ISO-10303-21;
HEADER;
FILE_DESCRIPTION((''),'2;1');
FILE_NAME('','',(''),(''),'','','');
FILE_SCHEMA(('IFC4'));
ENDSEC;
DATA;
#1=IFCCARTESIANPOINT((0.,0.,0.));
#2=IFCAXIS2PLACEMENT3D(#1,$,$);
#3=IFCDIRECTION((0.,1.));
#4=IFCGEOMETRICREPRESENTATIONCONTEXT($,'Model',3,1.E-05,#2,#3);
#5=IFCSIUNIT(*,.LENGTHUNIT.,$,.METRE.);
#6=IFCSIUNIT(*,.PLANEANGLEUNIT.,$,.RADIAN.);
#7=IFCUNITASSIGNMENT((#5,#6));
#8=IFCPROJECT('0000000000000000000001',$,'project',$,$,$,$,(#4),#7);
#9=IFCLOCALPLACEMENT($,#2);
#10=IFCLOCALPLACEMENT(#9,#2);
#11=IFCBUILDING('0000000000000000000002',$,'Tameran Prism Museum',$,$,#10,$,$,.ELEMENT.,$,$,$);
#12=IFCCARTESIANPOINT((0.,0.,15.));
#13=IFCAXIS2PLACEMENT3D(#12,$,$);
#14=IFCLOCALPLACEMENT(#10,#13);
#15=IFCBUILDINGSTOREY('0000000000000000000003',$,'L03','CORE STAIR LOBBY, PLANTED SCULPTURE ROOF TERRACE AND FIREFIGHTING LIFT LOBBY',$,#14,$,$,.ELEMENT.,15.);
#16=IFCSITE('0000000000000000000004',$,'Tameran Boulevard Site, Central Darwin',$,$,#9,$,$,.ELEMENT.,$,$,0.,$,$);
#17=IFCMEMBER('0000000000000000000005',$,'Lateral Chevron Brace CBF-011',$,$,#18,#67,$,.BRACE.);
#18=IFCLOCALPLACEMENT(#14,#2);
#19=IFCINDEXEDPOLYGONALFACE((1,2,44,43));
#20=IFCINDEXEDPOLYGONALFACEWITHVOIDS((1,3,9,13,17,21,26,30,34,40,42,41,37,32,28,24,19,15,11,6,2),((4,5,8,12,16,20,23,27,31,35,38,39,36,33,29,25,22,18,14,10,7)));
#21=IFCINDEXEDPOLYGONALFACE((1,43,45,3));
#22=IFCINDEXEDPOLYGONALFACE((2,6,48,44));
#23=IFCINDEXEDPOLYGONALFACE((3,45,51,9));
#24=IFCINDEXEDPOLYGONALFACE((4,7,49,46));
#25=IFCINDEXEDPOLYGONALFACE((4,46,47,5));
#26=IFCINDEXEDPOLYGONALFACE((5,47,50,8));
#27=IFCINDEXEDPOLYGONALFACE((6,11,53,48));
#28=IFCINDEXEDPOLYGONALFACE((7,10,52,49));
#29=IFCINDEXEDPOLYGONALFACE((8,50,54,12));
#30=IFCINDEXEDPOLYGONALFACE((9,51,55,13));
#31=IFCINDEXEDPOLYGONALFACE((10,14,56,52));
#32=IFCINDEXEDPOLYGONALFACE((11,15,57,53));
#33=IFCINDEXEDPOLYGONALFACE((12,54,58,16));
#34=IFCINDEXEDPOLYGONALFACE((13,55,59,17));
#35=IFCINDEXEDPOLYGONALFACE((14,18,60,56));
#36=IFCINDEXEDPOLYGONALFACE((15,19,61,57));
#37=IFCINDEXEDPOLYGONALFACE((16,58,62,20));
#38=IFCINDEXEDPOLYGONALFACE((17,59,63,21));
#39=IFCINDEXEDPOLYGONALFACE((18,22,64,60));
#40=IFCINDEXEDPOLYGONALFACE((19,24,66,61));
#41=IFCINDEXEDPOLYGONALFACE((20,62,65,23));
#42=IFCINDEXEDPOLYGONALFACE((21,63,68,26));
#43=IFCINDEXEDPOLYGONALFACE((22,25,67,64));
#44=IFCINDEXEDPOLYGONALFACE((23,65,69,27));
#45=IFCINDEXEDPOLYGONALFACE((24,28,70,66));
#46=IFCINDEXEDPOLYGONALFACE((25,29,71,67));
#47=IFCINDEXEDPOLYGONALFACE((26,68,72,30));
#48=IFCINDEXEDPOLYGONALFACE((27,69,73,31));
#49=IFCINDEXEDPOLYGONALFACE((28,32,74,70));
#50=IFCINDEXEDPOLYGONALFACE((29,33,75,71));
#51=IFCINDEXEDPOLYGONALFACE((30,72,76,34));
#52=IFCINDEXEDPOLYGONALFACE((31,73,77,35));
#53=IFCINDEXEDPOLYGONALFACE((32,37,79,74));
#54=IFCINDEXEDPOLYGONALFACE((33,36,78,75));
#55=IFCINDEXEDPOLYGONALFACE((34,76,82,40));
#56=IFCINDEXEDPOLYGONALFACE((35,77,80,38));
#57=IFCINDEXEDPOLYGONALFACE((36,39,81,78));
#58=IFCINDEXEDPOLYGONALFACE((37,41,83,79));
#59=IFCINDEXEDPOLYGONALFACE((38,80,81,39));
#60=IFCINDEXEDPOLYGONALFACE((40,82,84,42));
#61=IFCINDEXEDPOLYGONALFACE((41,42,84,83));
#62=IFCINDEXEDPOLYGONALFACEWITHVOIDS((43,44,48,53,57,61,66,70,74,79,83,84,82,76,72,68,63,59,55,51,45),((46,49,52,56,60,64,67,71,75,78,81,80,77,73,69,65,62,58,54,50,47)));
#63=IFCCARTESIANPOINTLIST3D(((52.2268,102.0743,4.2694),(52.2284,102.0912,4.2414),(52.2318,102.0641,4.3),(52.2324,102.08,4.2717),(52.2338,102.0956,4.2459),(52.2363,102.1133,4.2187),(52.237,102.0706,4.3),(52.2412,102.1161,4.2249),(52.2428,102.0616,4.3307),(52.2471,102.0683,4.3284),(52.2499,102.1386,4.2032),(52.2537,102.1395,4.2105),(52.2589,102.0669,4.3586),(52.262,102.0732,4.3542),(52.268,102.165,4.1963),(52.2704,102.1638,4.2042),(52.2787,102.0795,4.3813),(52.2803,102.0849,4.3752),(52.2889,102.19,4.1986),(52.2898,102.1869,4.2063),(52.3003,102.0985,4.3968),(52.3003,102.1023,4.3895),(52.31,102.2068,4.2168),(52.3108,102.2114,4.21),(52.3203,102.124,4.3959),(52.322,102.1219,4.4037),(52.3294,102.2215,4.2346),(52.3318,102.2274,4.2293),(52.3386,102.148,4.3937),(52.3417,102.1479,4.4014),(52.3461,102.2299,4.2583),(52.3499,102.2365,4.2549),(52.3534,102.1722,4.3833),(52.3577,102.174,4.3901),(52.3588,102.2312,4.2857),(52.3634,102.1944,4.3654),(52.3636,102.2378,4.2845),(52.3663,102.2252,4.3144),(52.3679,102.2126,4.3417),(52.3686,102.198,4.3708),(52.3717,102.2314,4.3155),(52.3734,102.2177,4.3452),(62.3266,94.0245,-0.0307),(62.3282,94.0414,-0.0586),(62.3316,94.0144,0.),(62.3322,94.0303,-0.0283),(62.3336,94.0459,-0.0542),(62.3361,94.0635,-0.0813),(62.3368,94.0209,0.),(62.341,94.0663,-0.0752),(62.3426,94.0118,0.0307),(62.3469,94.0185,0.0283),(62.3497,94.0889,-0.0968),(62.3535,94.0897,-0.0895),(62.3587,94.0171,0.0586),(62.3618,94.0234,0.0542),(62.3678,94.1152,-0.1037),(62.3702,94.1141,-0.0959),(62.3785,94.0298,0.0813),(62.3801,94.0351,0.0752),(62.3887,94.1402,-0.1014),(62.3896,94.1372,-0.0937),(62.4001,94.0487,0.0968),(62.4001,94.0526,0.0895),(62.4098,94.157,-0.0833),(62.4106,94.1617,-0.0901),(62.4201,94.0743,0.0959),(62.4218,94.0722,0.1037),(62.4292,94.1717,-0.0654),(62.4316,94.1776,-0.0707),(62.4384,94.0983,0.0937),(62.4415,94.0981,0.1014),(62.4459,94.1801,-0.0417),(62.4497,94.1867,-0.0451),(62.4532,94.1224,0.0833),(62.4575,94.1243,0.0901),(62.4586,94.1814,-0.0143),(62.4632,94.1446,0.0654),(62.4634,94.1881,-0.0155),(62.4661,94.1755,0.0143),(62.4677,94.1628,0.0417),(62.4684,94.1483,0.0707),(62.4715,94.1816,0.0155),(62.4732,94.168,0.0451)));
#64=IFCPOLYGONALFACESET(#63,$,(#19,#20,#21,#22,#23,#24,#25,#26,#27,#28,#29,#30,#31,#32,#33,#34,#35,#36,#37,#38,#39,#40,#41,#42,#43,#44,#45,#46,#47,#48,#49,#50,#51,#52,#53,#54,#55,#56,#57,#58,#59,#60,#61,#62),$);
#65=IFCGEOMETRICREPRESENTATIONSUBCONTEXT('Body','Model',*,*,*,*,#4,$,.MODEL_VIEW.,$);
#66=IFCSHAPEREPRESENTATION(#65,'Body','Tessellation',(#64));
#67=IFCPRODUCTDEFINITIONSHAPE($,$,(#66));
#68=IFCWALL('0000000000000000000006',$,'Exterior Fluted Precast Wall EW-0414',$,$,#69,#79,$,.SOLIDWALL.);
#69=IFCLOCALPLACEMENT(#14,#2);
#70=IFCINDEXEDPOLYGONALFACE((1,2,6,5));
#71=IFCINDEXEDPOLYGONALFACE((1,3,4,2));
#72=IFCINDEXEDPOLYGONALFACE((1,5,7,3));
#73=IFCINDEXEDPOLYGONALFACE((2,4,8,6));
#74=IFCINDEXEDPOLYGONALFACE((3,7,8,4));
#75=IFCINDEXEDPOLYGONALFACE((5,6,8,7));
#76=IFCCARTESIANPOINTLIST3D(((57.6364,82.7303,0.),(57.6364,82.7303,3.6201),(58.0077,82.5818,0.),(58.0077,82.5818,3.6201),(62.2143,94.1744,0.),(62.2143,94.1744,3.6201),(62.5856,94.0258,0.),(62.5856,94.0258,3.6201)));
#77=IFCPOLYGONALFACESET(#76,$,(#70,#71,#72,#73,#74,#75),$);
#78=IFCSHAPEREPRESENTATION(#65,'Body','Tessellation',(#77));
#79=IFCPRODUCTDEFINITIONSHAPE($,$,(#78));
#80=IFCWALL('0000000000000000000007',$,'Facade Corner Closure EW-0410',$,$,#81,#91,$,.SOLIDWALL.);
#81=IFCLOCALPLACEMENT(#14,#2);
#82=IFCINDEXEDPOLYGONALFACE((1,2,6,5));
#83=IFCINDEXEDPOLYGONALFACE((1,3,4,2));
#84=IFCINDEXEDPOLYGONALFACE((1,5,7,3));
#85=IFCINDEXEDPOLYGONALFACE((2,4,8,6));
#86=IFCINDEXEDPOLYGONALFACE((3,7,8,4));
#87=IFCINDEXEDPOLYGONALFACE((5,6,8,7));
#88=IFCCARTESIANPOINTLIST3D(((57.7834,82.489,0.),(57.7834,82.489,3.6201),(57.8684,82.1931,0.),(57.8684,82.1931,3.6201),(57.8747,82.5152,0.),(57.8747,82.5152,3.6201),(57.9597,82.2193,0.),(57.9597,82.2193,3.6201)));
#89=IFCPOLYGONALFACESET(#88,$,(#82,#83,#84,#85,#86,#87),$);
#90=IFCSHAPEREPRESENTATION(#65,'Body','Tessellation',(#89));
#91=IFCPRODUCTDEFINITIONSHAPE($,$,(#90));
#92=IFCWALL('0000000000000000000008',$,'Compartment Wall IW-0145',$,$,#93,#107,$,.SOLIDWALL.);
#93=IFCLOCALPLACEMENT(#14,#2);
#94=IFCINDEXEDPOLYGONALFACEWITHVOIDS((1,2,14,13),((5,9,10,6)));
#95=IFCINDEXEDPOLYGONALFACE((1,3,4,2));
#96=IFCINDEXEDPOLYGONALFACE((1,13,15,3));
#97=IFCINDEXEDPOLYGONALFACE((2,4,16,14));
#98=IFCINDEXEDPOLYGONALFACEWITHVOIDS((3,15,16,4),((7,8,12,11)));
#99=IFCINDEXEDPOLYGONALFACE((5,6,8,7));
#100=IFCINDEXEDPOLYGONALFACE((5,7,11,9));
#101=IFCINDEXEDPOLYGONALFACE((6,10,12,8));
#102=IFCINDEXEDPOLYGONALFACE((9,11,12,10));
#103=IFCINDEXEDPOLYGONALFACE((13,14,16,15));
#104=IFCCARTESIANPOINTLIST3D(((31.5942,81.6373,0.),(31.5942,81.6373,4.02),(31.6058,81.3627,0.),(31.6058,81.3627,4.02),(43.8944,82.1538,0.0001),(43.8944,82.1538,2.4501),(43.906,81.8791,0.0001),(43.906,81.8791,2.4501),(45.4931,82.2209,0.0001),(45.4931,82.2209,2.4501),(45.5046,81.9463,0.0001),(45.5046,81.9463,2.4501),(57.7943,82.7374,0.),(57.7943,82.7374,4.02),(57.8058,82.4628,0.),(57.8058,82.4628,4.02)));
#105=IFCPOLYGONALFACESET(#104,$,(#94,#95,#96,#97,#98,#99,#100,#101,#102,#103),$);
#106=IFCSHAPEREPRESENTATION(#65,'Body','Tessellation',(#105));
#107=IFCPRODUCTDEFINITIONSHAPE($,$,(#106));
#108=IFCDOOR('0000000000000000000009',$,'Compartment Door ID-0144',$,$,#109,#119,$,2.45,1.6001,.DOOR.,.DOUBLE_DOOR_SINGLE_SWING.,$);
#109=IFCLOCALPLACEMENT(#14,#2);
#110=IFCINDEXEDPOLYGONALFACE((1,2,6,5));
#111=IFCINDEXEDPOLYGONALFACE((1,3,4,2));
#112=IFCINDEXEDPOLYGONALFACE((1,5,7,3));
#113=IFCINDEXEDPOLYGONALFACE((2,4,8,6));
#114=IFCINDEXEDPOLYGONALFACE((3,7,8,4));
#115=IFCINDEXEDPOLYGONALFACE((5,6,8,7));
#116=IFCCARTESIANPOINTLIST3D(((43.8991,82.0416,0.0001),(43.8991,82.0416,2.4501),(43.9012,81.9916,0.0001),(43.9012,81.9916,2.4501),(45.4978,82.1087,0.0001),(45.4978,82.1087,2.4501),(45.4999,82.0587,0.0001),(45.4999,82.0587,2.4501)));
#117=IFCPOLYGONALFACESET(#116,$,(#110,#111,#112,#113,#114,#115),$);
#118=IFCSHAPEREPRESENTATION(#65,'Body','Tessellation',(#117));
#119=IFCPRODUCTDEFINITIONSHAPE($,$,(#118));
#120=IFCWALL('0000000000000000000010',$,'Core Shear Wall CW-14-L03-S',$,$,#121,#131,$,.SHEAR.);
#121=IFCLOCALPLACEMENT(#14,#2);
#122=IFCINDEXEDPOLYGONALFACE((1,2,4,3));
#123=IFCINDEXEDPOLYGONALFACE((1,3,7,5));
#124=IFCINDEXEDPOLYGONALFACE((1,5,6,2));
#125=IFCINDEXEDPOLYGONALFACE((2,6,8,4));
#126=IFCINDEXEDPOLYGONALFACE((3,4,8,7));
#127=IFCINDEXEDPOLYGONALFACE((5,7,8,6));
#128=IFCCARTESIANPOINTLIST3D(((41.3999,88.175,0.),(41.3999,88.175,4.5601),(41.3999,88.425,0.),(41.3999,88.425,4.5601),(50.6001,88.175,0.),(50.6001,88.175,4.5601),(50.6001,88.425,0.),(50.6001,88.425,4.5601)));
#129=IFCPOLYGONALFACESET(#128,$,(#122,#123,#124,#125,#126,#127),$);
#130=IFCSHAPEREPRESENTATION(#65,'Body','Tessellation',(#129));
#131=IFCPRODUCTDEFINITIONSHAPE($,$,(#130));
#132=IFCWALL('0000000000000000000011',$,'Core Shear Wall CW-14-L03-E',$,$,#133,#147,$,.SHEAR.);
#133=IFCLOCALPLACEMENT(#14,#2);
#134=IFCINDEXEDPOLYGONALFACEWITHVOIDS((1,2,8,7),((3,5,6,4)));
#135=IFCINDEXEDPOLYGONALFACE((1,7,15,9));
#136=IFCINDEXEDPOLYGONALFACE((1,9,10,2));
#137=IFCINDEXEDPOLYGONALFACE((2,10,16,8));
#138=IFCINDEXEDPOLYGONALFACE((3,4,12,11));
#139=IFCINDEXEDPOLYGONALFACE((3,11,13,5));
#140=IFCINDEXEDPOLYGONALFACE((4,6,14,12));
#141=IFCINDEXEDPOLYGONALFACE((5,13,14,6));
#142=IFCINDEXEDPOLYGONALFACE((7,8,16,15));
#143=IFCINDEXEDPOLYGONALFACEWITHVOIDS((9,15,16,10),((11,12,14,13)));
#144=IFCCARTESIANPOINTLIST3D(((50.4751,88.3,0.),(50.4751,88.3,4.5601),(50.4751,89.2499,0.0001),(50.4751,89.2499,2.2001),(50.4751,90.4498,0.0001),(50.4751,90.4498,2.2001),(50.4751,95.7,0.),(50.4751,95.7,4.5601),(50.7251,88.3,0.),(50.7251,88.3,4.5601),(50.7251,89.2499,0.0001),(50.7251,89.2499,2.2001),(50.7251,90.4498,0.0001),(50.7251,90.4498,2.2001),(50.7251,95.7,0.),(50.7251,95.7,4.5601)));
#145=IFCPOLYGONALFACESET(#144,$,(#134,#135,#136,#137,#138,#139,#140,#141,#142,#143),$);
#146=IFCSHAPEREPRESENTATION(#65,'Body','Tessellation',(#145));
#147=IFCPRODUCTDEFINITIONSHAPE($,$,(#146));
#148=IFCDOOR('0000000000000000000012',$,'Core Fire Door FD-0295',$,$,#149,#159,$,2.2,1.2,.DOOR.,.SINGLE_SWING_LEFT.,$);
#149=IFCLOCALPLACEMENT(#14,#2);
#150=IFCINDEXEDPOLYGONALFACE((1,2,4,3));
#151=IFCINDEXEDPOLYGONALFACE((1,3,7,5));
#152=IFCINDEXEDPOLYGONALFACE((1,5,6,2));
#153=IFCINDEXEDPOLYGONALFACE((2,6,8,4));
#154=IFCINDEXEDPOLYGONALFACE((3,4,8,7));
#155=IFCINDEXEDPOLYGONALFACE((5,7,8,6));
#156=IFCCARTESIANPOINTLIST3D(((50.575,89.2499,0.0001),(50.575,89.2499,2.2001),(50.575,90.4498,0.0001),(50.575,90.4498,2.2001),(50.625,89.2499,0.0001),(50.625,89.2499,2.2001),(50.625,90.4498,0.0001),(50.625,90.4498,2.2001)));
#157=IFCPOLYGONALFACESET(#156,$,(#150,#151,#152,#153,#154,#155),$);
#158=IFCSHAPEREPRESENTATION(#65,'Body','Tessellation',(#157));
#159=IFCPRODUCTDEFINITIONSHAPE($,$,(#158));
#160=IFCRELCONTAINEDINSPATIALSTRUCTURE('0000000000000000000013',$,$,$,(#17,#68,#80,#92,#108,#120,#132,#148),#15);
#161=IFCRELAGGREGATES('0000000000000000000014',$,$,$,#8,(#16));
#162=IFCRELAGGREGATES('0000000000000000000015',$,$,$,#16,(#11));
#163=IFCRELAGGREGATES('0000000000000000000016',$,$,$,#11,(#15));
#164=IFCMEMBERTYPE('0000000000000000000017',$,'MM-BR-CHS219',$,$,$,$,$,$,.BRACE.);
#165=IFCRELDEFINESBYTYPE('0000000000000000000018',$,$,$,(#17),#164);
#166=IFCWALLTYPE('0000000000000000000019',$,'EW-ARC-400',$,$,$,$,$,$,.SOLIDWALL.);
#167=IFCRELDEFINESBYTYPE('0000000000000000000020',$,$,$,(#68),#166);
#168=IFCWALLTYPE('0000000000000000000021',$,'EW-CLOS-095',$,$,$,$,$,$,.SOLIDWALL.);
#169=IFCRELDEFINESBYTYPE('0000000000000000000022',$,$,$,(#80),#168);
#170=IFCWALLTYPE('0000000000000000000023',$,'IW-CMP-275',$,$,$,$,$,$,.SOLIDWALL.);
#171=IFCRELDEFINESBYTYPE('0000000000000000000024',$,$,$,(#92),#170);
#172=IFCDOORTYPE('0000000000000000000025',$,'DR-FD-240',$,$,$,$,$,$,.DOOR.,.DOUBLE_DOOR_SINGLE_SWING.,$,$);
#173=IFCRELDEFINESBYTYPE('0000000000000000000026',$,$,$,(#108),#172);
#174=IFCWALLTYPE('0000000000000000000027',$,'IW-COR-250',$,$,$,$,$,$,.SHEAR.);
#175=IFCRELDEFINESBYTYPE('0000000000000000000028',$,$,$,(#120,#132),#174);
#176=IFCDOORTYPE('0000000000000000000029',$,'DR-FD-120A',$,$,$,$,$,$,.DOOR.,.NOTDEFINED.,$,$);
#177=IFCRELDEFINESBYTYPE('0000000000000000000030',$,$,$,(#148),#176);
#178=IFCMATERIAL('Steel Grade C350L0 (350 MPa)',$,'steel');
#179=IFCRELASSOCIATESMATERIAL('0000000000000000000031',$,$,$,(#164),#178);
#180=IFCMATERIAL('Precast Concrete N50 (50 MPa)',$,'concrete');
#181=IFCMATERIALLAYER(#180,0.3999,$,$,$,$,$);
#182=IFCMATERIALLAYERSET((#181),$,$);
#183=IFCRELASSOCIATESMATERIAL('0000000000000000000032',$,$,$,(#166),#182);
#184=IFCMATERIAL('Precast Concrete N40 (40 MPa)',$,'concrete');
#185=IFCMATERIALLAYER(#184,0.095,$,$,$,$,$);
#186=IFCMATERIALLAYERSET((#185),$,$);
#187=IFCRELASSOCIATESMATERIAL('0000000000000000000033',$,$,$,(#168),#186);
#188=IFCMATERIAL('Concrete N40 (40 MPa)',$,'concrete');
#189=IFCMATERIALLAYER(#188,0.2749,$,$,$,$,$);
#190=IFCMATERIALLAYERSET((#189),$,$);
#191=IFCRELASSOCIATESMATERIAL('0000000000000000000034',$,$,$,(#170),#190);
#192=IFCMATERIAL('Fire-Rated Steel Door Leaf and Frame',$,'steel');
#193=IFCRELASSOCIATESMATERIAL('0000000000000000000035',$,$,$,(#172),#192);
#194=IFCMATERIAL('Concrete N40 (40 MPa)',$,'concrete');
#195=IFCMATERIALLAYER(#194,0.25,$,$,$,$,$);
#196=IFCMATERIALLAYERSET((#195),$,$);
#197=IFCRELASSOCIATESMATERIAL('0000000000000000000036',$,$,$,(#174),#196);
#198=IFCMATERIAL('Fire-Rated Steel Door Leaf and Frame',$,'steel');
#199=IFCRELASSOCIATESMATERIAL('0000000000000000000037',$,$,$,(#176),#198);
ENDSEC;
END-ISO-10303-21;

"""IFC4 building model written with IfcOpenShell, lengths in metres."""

from ifc_helpers import new_model, si_unit, direction, frame, frame_2d, origin, origin_2d, place, context, subcontext, project, spatial, rectangle, hollow_circle, extrude, material, layer, layer_set, material_profile, profile_set, type_object, element, fill, save


model = new_model("IFC4")

# Units and contexts
model_context = context("Model", 3, precision=1e-05, world=origin(), true_north=direction((0.0, 1.0)))
body_context = subcontext(model_context, "Body", "Model", "MODEL_VIEW")
ifc_project = project(units=[si_unit("LENGTHUNIT", "METRE"), si_unit("PLANEANGLEUNIT", "RADIAN")], contexts=[model_context])

# Site, building, storey
site_placement = place(None, origin())
site = spatial("IfcSite", under=ifc_project, at=site_placement, Name="Tameran Boulevard Site, Central Darwin", CompositionType="ELEMENT", RefElevation=0.0)
building_placement = place(site_placement, origin())
building = spatial("IfcBuilding", under=site, at=building_placement, Name="Tameran Prism Museum", CompositionType="ELEMENT")
storey_placement = place(building_placement, frame((0.0, 0.0, 15.0)))
storey = spatial("IfcBuildingStorey", under=building, at=storey_placement, Name="L03", Description="CORE STAIR LOBBY, PLANTED SCULPTURE ROOF TERRACE AND FIREFIGHTING LIFT LOBBY", CompositionType="ELEMENT", Elevation=15.0)

# Member
ifc_material_1 = material(Name="Steel Grade C350L0 (350 MPa)", Category="steel")
ifc_material_profile_1 = material_profile(ifc_material_1, hollow_circle(Radius=0.1096, WallThickness=0.0083, at=origin_2d()))
ifc_profile_set_1 = profile_set([ifc_material_profile_1])
member_type = type_object("IfcMemberType", Name="MM-BR-CHS219", PredefinedType="BRACE", material=ifc_profile_set_1)
member_placement = place(storey_placement, frame((62.3999, 94.1001, 0.0), z_axis=(-0.741961, 0.591359, 0.315893), x_axis=(-0.623274, -0.782004, 0.0)))
element("IfcMember", 1, at=member_placement, inside=storey, type_object=member_type, Name="Lateral Chevron Brace CBF-011", PredefinedType="BRACE", context=body_context, shape_type="SweptSolid", body=[
    extrude(hollow_circle(Radius=0.1096, WallThickness=0.0083, at=origin_2d()), origin(), (0.0, 0.0, 1.0), 13.6123),
])

# Walls
ifc_material_2 = material(Name="Precast Concrete N50 (50 MPa)", Category="concrete")
ifc_layer_1 = layer(ifc_material_2, 0.3999)
ifc_layer_set_1 = layer_set([ifc_layer_1])
wall_type_1 = type_object("IfcWallType", Name="EW-ARC-400", PredefinedType="SOLIDWALL", material=ifc_layer_set_1)
wall_1_placement = place(storey_placement, frame((62.3999, 94.1001, 0.0), z_axis=(0.0, 0.0, 1.0), x_axis=(-0.371408, -0.92847, 0.0)))
element("IfcWall", 2, at=wall_1_placement, inside=storey, type_object=wall_type_1, Name="Exterior Fluted Precast Wall EW-0414", PredefinedType="SOLIDWALL", context=body_context, shape_type="SweptSolid", body=[
    extrude(rectangle(XDim=12.3257, YDim=0.3999, at=frame_2d((6.1628, 0.0))), origin(), (0.0, 0.0, 1.0), 3.6201),
])
ifc_material_3 = material(Name="Precast Concrete N40 (40 MPa)", Category="concrete")
ifc_layer_2 = layer(ifc_material_3, 0.095)
ifc_layer_set_2 = layer_set([ifc_layer_2])
wall_type_2 = type_object("IfcWallType", Name="EW-CLOS-095", PredefinedType="SOLIDWALL", material=ifc_layer_set_2)
wall_2_placement = place(storey_placement, frame((57.8291, 82.502, 0.0), z_axis=(0.0, 0.0, 1.0), x_axis=(0.275978, -0.961164, 0.0)))
element("IfcWall", 3, at=wall_2_placement, inside=storey, type_object=wall_type_2, Name="Facade Corner Closure EW-0410", PredefinedType="SOLIDWALL", context=body_context, shape_type="SweptSolid", body=[
    extrude(rectangle(XDim=0.3079, YDim=0.095, at=frame_2d((0.1538, 0.0))), origin(), (0.0, 0.0, 1.0), 3.6201),
])

# Wall, opening, door
ifc_material_4 = material(Name="Concrete N40 (40 MPa)", Category="concrete")
ifc_layer_3 = layer(ifc_material_4, 0.2749)
ifc_layer_set_3 = layer_set([ifc_layer_3])
wall_type_3 = type_object("IfcWallType", Name="IW-CMP-275", PredefinedType="SOLIDWALL", material=ifc_layer_set_3)
wall_3_placement = place(storey_placement, frame((57.8, 82.6001, 0.0), z_axis=(0.0, 0.0, 1.0), x_axis=(-0.99912, -0.041952, 0.0)))
wall_3 = element("IfcWall", 4, at=wall_3_placement, inside=storey, type_object=wall_type_3, Name="Compartment Wall IW-0145", PredefinedType="SOLIDWALL", context=body_context, shape_type="SweptSolid", body=[
    extrude(rectangle(XDim=26.2231, YDim=0.2749, at=frame_2d((13.1116, 0.0))), origin(), (0.0, 0.0, 1.0), 4.02),
])
opening_1_placement = place(wall_3_placement, frame((12.312, 0.0, 0.0)))
opening_1 = element("IfcOpeningElement", 5, at=opening_1_placement, cuts=wall_3, PredefinedType="OPENING", context=body_context, shape_type="SweptSolid", body=[
    extrude(rectangle(XDim=1.6001, YDim=2.45, at=frame_2d((0.8, 1.2251))), frame((0.0, 0.1475, 0.0), z_axis=(0.0, -1.0, 0.0), x_axis=(1.0, 0.0, 0.0)), (0.0, 0.0, 1.0), 0.2949),
])
ifc_material_5 = material(Name="Fire-Rated Steel Door Leaf and Frame", Category="steel")
door_type_1 = type_object("IfcDoorType", Name="DR-FD-240", OperationType="DOUBLE_DOOR_SINGLE_SWING", PredefinedType="DOOR", material=ifc_material_5)
door_1_placement = place(opening_1_placement, origin())
door_1 = element("IfcDoor", 6, at=door_1_placement, inside=storey, type_object=door_type_1, Name="Compartment Door ID-0144", OperationType="DOUBLE_DOOR_SINGLE_SWING", OverallHeight=2.45, OverallWidth=1.6001, PredefinedType="DOOR", context=body_context, shape_type="SweptSolid", body=[
    extrude(rectangle(XDim=1.6001, YDim=2.45, at=frame_2d((0.8, 1.2251))), frame((0.0, 0.0249, 0.0), z_axis=(0.0, -1.0, 0.0), x_axis=(1.0, 0.0, 0.0)), (0.0, 0.0, 1.0), 0.05),
])
fill(opening_1, door_1)

# Wall
ifc_material_6 = material(Name="Concrete N40 (40 MPa)", Category="concrete")
ifc_layer_4 = layer(ifc_material_6, 0.25)
ifc_layer_set_4 = layer_set([ifc_layer_4])
wall_type_4 = type_object("IfcWallType", Name="IW-COR-250", PredefinedType="SHEAR", material=ifc_layer_set_4)
wall_4_placement = place(storey_placement, frame((50.6001, 88.3, 0.0), z_axis=(0.0, 0.0, 1.0), x_axis=(-1.0, 0.0, 0.0)))
element("IfcWall", 7, at=wall_4_placement, inside=storey, type_object=wall_type_4, Name="Core Shear Wall CW-14-L03-S", PredefinedType="SHEAR", context=body_context, shape_type="SweptSolid", body=[
    extrude(rectangle(XDim=9.2002, YDim=0.25, at=frame_2d((4.6001, 0.0))), origin(), (0.0, 0.0, 1.0), 4.5601),
])

# Wall, opening, door
wall_5_placement = place(storey_placement, frame((50.6001, 95.7, 0.0), z_axis=(0.0, 0.0, 1.0), x_axis=(0.0, -1.0, 0.0)))
wall_5 = element("IfcWall", 8, at=wall_5_placement, inside=storey, type_object=wall_type_4, Name="Core Shear Wall CW-14-L03-E", PredefinedType="SHEAR", context=body_context, shape_type="SweptSolid", body=[
    extrude(rectangle(XDim=7.3999, YDim=0.25, at=frame_2d((3.7, 0.0))), origin(), (0.0, 0.0, 1.0), 4.5601),
])
opening_2_placement = place(wall_5_placement, frame((5.25, 0.0, 0.0)))
opening_2 = element("IfcOpeningElement", 9, at=opening_2_placement, cuts=wall_5, PredefinedType="OPENING", context=body_context, shape_type="SweptSolid", body=[
    extrude(rectangle(XDim=1.2, YDim=2.2, at=frame_2d((0.6001, 1.1001))), frame((0.0, 0.135, 0.0), z_axis=(0.0, -1.0, 0.0), x_axis=(1.0, 0.0, 0.0)), (0.0, 0.0, 1.0), 0.27),
])
ifc_material_7 = material(Name="Fire-Rated Steel Door Leaf and Frame", Category="steel")
door_type_2 = type_object("IfcDoorType", Name="DR-FD-120A", OperationType="NOTDEFINED", PredefinedType="DOOR", material=ifc_material_7)
door_2_placement = place(opening_2_placement, origin())
door_2 = element("IfcDoor", 10, at=door_2_placement, inside=storey, type_object=door_type_2, Name="Core Fire Door FD-0295", OperationType="SINGLE_SWING_LEFT", OverallHeight=2.2, OverallWidth=1.2, PredefinedType="DOOR", context=body_context, shape_type="SweptSolid", body=[
    extrude(rectangle(XDim=1.2, YDim=2.2, at=frame_2d((0.6001, 1.1001))), frame((0.0, 0.0249, 0.0), z_axis=(0.0, -1.0, 0.0), x_axis=(1.0, 0.0, 0.0)), (0.0, 0.0, 1.0), 0.05),
])
fill(opening_2, door_2)

save(model, "model.ifc")
